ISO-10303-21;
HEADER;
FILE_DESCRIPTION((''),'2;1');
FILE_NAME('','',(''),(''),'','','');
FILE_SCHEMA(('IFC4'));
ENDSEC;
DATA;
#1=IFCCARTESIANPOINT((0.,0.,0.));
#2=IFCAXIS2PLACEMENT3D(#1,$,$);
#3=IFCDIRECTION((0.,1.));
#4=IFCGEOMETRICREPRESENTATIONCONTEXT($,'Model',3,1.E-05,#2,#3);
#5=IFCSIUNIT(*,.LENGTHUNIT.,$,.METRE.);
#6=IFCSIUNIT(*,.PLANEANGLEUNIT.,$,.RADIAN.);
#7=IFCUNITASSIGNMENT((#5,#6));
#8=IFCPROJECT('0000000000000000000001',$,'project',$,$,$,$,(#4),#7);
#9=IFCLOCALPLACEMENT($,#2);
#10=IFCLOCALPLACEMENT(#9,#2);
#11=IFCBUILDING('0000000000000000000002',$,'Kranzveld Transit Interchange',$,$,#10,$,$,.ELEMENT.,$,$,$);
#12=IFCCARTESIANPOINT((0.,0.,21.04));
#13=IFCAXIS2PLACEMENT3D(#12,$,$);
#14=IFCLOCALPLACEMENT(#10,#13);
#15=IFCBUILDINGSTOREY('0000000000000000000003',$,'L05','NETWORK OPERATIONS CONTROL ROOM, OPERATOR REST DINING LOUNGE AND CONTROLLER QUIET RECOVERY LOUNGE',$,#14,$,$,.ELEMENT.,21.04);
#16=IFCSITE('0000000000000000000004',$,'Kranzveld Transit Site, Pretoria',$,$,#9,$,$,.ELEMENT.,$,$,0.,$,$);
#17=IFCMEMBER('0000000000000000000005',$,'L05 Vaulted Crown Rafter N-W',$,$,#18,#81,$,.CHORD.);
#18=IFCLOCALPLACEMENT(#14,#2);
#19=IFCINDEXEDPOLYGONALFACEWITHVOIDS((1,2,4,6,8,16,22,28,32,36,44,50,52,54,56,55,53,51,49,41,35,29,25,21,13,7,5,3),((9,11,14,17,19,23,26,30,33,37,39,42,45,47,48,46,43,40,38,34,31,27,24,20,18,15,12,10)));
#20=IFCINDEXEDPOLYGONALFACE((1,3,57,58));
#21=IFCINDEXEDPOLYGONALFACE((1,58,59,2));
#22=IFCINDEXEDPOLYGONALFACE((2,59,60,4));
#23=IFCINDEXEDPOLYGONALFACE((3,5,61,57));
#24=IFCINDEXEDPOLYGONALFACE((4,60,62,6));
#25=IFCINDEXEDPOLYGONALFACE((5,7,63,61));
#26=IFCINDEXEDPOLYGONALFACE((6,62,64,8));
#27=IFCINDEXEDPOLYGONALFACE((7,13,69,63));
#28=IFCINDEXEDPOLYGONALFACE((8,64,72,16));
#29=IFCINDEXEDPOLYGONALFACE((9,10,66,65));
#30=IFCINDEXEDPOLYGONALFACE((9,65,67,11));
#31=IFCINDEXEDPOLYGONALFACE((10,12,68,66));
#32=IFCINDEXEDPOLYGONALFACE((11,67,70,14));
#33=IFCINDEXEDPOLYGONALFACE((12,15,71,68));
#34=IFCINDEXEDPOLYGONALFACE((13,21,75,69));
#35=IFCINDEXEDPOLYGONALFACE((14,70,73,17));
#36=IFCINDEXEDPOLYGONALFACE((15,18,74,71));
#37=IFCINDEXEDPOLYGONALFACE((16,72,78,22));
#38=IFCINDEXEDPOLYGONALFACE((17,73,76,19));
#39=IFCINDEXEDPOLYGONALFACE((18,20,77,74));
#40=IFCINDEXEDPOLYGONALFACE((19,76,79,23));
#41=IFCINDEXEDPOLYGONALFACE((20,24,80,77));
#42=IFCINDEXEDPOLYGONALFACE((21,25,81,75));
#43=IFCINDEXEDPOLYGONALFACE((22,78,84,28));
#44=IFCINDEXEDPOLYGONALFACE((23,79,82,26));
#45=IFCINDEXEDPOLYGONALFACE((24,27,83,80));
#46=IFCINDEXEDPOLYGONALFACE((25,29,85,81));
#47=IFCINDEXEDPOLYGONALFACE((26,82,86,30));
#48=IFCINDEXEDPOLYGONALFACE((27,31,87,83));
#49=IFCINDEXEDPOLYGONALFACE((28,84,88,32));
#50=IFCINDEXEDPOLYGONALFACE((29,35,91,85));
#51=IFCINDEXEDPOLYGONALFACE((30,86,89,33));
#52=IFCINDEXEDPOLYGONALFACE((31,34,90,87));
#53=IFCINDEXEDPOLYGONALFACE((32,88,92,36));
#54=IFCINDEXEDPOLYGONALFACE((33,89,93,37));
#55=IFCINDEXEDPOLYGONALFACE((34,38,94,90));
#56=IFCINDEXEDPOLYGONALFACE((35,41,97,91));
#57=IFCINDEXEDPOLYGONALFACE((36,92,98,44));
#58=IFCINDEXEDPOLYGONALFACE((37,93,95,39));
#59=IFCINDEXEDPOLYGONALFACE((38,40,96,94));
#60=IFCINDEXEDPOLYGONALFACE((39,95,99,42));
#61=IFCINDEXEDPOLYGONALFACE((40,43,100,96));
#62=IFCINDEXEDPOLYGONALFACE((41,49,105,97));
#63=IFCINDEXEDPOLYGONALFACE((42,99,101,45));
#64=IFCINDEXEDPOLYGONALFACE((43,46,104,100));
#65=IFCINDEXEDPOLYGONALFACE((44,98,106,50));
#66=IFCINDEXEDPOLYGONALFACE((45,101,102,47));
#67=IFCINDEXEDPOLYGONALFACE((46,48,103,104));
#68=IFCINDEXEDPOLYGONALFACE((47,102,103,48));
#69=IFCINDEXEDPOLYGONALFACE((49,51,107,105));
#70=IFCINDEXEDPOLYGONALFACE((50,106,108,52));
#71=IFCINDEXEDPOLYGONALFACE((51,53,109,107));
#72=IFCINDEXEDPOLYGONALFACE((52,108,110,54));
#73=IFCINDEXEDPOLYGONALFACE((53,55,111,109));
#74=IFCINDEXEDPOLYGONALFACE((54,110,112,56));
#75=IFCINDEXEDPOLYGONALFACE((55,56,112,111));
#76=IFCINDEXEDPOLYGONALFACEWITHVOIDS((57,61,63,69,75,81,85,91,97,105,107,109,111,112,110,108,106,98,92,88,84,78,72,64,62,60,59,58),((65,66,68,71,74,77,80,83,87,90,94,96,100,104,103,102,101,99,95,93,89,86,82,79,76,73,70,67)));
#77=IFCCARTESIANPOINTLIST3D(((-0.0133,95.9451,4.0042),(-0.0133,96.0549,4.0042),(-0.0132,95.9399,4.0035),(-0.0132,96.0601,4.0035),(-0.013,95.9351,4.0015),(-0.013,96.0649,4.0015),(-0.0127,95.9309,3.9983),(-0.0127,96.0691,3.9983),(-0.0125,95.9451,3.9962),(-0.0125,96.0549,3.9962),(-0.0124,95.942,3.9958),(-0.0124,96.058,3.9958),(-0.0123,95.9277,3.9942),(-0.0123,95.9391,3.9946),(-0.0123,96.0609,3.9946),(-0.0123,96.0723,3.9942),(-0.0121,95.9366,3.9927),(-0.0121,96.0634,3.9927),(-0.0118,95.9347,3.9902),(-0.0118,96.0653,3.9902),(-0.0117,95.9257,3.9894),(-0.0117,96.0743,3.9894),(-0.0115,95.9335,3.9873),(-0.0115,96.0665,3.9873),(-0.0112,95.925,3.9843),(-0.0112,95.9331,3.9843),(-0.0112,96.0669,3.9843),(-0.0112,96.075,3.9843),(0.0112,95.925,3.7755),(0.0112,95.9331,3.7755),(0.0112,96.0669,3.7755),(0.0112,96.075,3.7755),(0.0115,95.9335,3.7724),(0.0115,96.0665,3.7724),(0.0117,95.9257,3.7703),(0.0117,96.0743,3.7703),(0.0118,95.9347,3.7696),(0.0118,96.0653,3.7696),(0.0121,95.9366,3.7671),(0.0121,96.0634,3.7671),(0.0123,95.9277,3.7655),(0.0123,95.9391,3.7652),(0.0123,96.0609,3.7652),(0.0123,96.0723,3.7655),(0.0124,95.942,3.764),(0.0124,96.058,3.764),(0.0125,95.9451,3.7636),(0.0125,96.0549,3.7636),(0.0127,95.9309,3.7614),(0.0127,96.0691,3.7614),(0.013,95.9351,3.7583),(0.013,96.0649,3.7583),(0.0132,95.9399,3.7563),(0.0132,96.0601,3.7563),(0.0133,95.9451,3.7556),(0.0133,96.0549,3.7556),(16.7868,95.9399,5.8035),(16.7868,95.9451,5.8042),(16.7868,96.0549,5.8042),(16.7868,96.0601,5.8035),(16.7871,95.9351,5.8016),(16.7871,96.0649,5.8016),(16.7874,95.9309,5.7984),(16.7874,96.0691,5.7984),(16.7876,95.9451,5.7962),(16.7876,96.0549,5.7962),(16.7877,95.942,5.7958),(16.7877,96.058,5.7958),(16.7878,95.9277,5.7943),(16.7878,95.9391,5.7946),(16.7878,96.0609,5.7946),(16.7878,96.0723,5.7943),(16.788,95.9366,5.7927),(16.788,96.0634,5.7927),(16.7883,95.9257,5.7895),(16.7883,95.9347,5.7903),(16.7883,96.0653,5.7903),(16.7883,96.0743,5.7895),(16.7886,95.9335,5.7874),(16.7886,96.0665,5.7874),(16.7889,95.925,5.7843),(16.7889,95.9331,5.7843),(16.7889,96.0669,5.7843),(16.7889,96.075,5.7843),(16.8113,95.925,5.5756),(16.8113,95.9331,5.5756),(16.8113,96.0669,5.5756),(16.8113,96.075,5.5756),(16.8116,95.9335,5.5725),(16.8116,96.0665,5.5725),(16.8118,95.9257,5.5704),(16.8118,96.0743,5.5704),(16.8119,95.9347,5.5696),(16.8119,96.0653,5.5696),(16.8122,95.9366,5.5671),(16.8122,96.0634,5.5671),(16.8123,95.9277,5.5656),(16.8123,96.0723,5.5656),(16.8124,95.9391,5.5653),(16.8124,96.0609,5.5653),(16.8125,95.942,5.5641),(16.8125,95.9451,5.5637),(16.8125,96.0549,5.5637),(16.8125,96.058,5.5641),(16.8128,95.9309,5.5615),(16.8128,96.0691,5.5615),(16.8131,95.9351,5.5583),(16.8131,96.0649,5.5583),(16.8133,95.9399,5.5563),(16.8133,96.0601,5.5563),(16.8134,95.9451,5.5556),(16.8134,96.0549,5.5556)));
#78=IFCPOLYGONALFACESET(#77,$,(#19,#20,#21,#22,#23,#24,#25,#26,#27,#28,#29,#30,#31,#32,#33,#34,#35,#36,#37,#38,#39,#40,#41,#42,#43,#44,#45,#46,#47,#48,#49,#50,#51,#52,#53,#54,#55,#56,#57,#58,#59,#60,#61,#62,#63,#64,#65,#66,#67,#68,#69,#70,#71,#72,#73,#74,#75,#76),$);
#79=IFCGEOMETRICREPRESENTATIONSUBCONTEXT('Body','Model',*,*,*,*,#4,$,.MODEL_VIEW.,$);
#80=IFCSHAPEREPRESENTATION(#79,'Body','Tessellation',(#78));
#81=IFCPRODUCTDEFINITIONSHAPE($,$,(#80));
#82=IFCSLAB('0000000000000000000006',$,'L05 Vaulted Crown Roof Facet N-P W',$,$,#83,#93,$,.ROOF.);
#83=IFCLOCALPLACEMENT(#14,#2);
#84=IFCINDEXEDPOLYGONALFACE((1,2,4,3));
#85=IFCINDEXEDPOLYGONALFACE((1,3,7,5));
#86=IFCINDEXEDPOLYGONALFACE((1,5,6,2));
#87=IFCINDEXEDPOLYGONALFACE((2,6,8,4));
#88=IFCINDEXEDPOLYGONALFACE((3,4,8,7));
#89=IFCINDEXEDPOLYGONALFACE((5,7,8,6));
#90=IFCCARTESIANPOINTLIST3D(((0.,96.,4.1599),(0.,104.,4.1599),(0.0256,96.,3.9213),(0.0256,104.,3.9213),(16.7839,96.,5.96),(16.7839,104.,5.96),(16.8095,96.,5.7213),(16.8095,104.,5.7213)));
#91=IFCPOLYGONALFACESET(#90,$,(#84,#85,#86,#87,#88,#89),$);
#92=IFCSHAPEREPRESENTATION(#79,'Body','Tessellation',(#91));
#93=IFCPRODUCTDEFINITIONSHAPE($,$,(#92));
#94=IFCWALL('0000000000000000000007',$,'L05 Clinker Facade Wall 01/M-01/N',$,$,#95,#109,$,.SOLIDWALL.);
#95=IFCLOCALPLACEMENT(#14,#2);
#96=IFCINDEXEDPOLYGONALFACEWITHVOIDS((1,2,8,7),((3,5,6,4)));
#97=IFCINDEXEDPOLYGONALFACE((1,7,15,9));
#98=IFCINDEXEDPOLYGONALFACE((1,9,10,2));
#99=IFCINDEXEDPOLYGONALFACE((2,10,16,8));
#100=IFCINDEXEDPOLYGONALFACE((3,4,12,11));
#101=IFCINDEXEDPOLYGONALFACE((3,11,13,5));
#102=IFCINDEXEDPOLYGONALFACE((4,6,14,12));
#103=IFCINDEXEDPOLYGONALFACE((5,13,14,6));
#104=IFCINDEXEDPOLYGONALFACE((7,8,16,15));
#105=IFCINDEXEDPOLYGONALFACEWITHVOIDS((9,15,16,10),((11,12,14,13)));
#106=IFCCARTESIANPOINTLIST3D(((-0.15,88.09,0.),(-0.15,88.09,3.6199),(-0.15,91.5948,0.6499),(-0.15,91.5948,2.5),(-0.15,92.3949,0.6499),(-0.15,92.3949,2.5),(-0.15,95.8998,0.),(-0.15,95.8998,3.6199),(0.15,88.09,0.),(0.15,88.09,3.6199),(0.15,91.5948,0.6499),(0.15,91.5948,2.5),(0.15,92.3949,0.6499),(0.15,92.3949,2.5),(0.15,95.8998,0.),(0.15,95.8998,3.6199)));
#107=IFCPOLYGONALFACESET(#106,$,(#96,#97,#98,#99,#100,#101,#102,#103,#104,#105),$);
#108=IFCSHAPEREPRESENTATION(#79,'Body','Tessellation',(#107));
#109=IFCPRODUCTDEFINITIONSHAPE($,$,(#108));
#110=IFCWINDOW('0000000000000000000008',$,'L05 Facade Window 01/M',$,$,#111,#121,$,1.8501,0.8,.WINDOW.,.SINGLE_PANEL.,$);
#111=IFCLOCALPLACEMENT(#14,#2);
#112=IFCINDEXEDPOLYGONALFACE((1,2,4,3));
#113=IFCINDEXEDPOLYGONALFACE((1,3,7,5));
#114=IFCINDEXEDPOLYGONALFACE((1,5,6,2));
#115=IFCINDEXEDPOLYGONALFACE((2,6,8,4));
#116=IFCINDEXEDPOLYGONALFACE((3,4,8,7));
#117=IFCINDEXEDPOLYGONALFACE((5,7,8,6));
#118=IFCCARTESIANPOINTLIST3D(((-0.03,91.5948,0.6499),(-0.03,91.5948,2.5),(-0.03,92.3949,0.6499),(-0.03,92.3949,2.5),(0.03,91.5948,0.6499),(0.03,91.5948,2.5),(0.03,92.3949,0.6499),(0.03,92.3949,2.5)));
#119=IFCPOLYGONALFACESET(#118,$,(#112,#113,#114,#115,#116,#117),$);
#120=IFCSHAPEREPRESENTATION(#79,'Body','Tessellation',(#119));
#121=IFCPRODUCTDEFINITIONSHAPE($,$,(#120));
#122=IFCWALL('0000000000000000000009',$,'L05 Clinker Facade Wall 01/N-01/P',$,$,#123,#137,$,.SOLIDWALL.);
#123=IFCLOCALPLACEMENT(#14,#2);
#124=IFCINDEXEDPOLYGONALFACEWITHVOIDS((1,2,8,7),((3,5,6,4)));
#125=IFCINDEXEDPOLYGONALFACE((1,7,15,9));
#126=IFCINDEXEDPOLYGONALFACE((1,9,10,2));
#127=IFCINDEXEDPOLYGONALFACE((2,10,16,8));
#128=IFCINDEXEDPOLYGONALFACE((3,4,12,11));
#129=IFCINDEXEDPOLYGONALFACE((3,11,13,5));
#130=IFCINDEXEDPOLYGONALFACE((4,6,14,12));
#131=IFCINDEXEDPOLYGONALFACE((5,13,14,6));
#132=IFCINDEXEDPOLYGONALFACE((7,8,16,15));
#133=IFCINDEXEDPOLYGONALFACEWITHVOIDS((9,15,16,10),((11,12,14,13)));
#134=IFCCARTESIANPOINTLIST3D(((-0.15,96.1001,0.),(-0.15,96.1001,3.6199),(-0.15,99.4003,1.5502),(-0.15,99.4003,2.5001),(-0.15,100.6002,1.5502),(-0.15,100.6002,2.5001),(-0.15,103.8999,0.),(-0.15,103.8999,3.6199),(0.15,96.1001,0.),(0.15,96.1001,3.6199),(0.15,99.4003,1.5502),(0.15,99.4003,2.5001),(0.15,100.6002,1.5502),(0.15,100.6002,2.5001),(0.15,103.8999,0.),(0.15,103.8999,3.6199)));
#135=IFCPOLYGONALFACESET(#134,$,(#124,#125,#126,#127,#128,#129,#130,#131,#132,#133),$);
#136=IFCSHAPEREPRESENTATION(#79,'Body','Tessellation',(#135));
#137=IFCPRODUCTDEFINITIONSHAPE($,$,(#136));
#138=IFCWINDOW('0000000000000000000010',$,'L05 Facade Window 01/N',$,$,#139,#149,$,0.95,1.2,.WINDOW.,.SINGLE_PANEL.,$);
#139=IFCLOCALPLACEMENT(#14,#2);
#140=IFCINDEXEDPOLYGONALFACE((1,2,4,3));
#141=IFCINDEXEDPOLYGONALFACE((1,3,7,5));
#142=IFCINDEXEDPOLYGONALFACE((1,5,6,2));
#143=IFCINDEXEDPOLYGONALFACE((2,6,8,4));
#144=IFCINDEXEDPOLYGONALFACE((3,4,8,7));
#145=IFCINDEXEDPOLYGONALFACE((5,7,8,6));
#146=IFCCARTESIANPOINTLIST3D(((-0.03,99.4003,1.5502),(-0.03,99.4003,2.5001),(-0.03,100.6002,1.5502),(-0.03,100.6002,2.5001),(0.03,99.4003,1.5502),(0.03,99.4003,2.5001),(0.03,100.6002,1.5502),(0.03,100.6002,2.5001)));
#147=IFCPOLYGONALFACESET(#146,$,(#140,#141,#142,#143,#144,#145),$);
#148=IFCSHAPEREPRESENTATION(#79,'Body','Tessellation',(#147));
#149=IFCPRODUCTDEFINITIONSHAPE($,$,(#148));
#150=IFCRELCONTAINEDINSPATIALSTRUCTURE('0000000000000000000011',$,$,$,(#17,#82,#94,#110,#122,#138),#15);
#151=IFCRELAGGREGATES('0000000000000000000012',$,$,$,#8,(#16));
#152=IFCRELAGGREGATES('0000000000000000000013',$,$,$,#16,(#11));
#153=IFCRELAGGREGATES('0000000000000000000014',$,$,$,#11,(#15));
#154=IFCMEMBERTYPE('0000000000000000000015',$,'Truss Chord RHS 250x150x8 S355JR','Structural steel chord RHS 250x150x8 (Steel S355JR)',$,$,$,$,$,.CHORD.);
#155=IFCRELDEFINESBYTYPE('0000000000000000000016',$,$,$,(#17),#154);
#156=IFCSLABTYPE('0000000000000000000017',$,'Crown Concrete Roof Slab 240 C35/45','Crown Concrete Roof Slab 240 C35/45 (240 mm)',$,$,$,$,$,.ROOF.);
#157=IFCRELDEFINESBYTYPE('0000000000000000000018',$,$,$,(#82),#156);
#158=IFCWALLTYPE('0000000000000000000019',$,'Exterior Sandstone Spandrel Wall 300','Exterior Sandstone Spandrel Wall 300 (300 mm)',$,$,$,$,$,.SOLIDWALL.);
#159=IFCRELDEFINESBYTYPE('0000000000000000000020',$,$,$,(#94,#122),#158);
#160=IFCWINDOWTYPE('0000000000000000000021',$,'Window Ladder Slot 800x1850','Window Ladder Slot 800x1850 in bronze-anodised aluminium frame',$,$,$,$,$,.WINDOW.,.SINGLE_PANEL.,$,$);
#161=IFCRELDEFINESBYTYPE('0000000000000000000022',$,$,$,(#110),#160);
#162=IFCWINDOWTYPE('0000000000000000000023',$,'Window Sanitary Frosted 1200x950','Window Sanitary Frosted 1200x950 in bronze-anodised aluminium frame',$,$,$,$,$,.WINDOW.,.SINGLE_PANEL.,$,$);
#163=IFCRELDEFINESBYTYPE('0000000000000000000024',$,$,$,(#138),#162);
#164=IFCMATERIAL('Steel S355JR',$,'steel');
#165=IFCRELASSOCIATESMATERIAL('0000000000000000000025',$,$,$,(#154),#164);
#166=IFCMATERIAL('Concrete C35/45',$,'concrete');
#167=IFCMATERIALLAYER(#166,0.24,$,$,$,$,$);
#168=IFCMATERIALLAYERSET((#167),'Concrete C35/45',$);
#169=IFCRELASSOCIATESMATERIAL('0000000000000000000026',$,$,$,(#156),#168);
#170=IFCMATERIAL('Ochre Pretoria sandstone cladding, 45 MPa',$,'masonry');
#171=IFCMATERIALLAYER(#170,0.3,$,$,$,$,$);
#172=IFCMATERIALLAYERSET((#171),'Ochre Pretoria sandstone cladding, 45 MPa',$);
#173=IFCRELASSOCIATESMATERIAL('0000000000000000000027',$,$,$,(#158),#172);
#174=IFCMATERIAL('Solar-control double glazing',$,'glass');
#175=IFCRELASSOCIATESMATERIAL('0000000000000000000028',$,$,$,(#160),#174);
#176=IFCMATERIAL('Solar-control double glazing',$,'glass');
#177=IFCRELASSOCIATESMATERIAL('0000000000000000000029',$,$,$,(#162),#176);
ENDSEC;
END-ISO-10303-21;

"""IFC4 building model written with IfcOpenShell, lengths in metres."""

from ifc_helpers import new_model, si_unit, direction, frame, frame_2d, origin, origin_2d, place, context, subcontext, project, spatial, polyline, rectangle, hollow_rectangle, outline, extrude, material, layer, layer_set, material_profile, profile_set, type_object, element, fill, save


model = new_model("IFC4")

# Units and contexts
model_context = context("Model", 3, precision=1e-05, world=origin(), true_north=direction((0.0, 1.0)))
body_context = subcontext(model_context, "Body", "Model", "MODEL_VIEW")
ifc_project = project(units=[si_unit("LENGTHUNIT", "METRE"), si_unit("PLANEANGLEUNIT", "RADIAN")], contexts=[model_context])

# Site, building, storey
site_placement = place(None, origin())
site = spatial("IfcSite", under=ifc_project, at=site_placement, Name="Kranzveld Transit Site, Pretoria", CompositionType="ELEMENT", RefElevation=0.0)
building_placement = place(site_placement, origin())
building = spatial("IfcBuilding", under=site, at=building_placement, Name="Kranzveld Transit Interchange", CompositionType="ELEMENT")
storey_placement = place(building_placement, frame((0.0, 0.0, 21.04)))
storey = spatial("IfcBuildingStorey", under=building, at=storey_placement, Name="L05", Description="NETWORK OPERATIONS CONTROL ROOM, OPERATOR REST DINING LOUNGE AND CONTROLLER QUIET RECOVERY LOUNGE", CompositionType="ELEMENT", Elevation=21.04)

# Member
ifc_material_1 = material(Name="Steel S355JR", Category="steel")
ifc_material_profile_1 = material_profile(ifc_material_1, hollow_rectangle(XDim=0.1499, YDim=0.25, WallThickness=0.0081, InnerFilletRadius=0.012, OuterFilletRadius=0.02, at=origin_2d()), Name="RHS 250x150x8")
ifc_profile_set_1 = profile_set([ifc_material_profile_1], Name="Steel S355JR")
member_type = type_object("IfcMemberType", Name="Truss Chord RHS 250x150x8 S355JR", Description="Structural steel chord RHS 250x150x8 (Steel S355JR)", PredefinedType="CHORD", material=ifc_profile_set_1)
member_placement = place(storey_placement, frame((0.0, 96.0, 3.8799), z_axis=(0.994309, 0.0, 0.106536), x_axis=(0.0, 1.0, 0.0)))
element("IfcMember", 1, at=member_placement, inside=storey, type_object=member_type, Name="L05 Vaulted Crown Rafter N-W", PredefinedType="CHORD", context=body_context, shape_type="SweptSolid", body=[
    extrude(hollow_rectangle(XDim=0.1499, YDim=0.25, WallThickness=0.0081, InnerFilletRadius=0.012, OuterFilletRadius=0.02, at=origin_2d()), origin(), (0.0, 0.0, 1.0), 16.8962),
])

# Slab
ifc_material_2 = material(Name="Concrete C35/45", Category="concrete")
ifc_layer_1 = layer(ifc_material_2, 0.24)
ifc_layer_set_1 = layer_set([ifc_layer_1], Name="Concrete C35/45")
slab_type = type_object("IfcSlabType", Name="Crown Concrete Roof Slab 240 C35/45", Description="Crown Concrete Roof Slab 240 C35/45 (240 mm)", PredefinedType="ROOF", material=ifc_layer_set_1)
slab_placement = place(storey_placement, frame((0.0, 96.0, 4.1599), z_axis=(-0.106637, 0.0, 0.994298), x_axis=(0.994298, 0.0, 0.106637)))
element("IfcSlab", 2, at=slab_placement, inside=storey, type_object=slab_type, Name="L05 Vaulted Crown Roof Facet N-P W", PredefinedType="ROOF", context=body_context, shape_type="SweptSolid", body=[
    extrude(outline(polyline([(0.0, 0.0), (16.8802, 0.0), (16.8802, 8.0), (0.0, 8.0), (0.0, 0.0)])), origin(), (0.0, 0.0, -1.0), 0.24),
])

# Walls, openings, windows
ifc_material_3 = material(Name="Ochre Pretoria sandstone cladding, 45 MPa", Category="masonry")
ifc_layer_2 = layer(ifc_material_3, 0.3)
ifc_layer_set_2 = layer_set([ifc_layer_2], Name="Ochre Pretoria sandstone cladding, 45 MPa")
wall_type_1 = type_object("IfcWallType", Name="Exterior Sandstone Spandrel Wall 300", Description="Exterior Sandstone Spandrel Wall 300 (300 mm)", PredefinedType="SOLIDWALL", material=ifc_layer_set_2)
wall_1_placement = place(storey_placement, frame((0.0, 88.0901, 0.0), z_axis=(0.0, 0.0, 1.0), x_axis=(0.0, 1.0, 0.0)))
wall_1 = element("IfcWall", 3, at=wall_1_placement, inside=storey, type_object=wall_type_1, Name="L05 Clinker Facade Wall 01/M-01/N", PredefinedType="SOLIDWALL", context=body_context, shape_type="SweptSolid", body=[
    extrude(rectangle(XDim=7.8098, YDim=0.3, at=frame_2d((3.9048, 0.0))), origin(), (0.0, 0.0, 1.0), 3.6199),
])
opening_1_placement = place(wall_1_placement, frame((3.5049, 0.0, 0.6499), z_axis=(0.0, 0.0, 1.0), x_axis=(1.0, 0.0, 0.0)))
opening_1 = element("IfcOpeningElement", 4, at=opening_1_placement, cuts=wall_1, PredefinedType="OPENING", context=body_context, shape_type="SweptSolid", body=[
    extrude(rectangle(XDim=0.8, YDim=1.8501, at=frame_2d((0.3999, 0.925))), frame((0.0, 0.1599, 0.0), z_axis=(0.0, -1.0, 0.0), x_axis=(1.0, 0.0, 0.0)), (0.0, 0.0, 1.0), 0.3201),
])
ifc_material_4 = material(Name="Solar-control double glazing", Category="glass")
window_type_1 = type_object("IfcWindowType", Name="Window Ladder Slot 800x1850", Description="Window Ladder Slot 800x1850 in bronze-anodised aluminium frame", PartitioningType="SINGLE_PANEL", PredefinedType="WINDOW", material=ifc_material_4)
window_1_placement = place(opening_1_placement, origin())
window_1 = element("IfcWindow", 5, at=window_1_placement, inside=storey, type_object=window_type_1, Name="L05 Facade Window 01/M", OverallHeight=1.8501, OverallWidth=0.8, PartitioningType="SINGLE_PANEL", PredefinedType="WINDOW", context=body_context, shape_type="SweptSolid", body=[
    extrude(rectangle(XDim=0.8, YDim=1.8501, at=frame_2d((0.3999, 0.925))), frame((0.0, 0.03, 0.0), z_axis=(0.0, -1.0, 0.0), x_axis=(1.0, 0.0, 0.0)), (0.0, 0.0, 1.0), 0.0601),
])
fill(opening_1, window_1)
wall_2_placement = place(storey_placement, frame((0.0, 96.1001, 0.0), z_axis=(0.0, 0.0, 1.0), x_axis=(0.0, 1.0, 0.0)))
wall_2 = element("IfcWall", 6, at=wall_2_placement, inside=storey, type_object=wall_type_1, Name="L05 Clinker Facade Wall 01/N-01/P", PredefinedType="SOLIDWALL", context=body_context, shape_type="SweptSolid", body=[
    extrude(rectangle(XDim=7.7998, YDim=0.3, at=frame_2d((3.8999, 0.0))), origin(), (0.0, 0.0, 1.0), 3.6199),
])
opening_2_placement = place(wall_2_placement, frame((3.3, 0.0, 1.55), z_axis=(0.0, 0.0, 1.0), x_axis=(1.0, 0.0, 0.0)))
opening_2 = element("IfcOpeningElement", 7, at=opening_2_placement, cuts=wall_2, PredefinedType="OPENING", context=body_context, shape_type="SweptSolid", body=[
    extrude(rectangle(XDim=1.2, YDim=0.95, at=frame_2d((0.6001, 0.4751))), frame((0.0, 0.1599, 0.0), z_axis=(0.0, -1.0, 0.0), x_axis=(1.0, 0.0, 0.0)), (0.0, 0.0, 1.0), 0.3201),
])
ifc_material_5 = material(Name="Solar-control double glazing", Category="glass")
window_type_2 = type_object("IfcWindowType", Name="Window Sanitary Frosted 1200x950", Description="Window Sanitary Frosted 1200x950 in bronze-anodised aluminium frame", PartitioningType="SINGLE_PANEL", PredefinedType="WINDOW", material=ifc_material_5)
window_2_placement = place(opening_2_placement, origin())
window_2 = element("IfcWindow", 8, at=window_2_placement, inside=storey, type_object=window_type_2, Name="L05 Facade Window 01/N", OverallHeight=0.95, OverallWidth=1.2, PartitioningType="SINGLE_PANEL", PredefinedType="WINDOW", context=body_context, shape_type="SweptSolid", body=[
    extrude(rectangle(XDim=1.2, YDim=0.95, at=frame_2d((0.6001, 0.4751))), frame((0.0, 0.03, 0.0), z_axis=(0.0, -1.0, 0.0), x_axis=(1.0, 0.0, 0.0)), (0.0, 0.0, 1.0), 0.0601),
])
fill(opening_2, window_2)

save(model, "model.ifc")
